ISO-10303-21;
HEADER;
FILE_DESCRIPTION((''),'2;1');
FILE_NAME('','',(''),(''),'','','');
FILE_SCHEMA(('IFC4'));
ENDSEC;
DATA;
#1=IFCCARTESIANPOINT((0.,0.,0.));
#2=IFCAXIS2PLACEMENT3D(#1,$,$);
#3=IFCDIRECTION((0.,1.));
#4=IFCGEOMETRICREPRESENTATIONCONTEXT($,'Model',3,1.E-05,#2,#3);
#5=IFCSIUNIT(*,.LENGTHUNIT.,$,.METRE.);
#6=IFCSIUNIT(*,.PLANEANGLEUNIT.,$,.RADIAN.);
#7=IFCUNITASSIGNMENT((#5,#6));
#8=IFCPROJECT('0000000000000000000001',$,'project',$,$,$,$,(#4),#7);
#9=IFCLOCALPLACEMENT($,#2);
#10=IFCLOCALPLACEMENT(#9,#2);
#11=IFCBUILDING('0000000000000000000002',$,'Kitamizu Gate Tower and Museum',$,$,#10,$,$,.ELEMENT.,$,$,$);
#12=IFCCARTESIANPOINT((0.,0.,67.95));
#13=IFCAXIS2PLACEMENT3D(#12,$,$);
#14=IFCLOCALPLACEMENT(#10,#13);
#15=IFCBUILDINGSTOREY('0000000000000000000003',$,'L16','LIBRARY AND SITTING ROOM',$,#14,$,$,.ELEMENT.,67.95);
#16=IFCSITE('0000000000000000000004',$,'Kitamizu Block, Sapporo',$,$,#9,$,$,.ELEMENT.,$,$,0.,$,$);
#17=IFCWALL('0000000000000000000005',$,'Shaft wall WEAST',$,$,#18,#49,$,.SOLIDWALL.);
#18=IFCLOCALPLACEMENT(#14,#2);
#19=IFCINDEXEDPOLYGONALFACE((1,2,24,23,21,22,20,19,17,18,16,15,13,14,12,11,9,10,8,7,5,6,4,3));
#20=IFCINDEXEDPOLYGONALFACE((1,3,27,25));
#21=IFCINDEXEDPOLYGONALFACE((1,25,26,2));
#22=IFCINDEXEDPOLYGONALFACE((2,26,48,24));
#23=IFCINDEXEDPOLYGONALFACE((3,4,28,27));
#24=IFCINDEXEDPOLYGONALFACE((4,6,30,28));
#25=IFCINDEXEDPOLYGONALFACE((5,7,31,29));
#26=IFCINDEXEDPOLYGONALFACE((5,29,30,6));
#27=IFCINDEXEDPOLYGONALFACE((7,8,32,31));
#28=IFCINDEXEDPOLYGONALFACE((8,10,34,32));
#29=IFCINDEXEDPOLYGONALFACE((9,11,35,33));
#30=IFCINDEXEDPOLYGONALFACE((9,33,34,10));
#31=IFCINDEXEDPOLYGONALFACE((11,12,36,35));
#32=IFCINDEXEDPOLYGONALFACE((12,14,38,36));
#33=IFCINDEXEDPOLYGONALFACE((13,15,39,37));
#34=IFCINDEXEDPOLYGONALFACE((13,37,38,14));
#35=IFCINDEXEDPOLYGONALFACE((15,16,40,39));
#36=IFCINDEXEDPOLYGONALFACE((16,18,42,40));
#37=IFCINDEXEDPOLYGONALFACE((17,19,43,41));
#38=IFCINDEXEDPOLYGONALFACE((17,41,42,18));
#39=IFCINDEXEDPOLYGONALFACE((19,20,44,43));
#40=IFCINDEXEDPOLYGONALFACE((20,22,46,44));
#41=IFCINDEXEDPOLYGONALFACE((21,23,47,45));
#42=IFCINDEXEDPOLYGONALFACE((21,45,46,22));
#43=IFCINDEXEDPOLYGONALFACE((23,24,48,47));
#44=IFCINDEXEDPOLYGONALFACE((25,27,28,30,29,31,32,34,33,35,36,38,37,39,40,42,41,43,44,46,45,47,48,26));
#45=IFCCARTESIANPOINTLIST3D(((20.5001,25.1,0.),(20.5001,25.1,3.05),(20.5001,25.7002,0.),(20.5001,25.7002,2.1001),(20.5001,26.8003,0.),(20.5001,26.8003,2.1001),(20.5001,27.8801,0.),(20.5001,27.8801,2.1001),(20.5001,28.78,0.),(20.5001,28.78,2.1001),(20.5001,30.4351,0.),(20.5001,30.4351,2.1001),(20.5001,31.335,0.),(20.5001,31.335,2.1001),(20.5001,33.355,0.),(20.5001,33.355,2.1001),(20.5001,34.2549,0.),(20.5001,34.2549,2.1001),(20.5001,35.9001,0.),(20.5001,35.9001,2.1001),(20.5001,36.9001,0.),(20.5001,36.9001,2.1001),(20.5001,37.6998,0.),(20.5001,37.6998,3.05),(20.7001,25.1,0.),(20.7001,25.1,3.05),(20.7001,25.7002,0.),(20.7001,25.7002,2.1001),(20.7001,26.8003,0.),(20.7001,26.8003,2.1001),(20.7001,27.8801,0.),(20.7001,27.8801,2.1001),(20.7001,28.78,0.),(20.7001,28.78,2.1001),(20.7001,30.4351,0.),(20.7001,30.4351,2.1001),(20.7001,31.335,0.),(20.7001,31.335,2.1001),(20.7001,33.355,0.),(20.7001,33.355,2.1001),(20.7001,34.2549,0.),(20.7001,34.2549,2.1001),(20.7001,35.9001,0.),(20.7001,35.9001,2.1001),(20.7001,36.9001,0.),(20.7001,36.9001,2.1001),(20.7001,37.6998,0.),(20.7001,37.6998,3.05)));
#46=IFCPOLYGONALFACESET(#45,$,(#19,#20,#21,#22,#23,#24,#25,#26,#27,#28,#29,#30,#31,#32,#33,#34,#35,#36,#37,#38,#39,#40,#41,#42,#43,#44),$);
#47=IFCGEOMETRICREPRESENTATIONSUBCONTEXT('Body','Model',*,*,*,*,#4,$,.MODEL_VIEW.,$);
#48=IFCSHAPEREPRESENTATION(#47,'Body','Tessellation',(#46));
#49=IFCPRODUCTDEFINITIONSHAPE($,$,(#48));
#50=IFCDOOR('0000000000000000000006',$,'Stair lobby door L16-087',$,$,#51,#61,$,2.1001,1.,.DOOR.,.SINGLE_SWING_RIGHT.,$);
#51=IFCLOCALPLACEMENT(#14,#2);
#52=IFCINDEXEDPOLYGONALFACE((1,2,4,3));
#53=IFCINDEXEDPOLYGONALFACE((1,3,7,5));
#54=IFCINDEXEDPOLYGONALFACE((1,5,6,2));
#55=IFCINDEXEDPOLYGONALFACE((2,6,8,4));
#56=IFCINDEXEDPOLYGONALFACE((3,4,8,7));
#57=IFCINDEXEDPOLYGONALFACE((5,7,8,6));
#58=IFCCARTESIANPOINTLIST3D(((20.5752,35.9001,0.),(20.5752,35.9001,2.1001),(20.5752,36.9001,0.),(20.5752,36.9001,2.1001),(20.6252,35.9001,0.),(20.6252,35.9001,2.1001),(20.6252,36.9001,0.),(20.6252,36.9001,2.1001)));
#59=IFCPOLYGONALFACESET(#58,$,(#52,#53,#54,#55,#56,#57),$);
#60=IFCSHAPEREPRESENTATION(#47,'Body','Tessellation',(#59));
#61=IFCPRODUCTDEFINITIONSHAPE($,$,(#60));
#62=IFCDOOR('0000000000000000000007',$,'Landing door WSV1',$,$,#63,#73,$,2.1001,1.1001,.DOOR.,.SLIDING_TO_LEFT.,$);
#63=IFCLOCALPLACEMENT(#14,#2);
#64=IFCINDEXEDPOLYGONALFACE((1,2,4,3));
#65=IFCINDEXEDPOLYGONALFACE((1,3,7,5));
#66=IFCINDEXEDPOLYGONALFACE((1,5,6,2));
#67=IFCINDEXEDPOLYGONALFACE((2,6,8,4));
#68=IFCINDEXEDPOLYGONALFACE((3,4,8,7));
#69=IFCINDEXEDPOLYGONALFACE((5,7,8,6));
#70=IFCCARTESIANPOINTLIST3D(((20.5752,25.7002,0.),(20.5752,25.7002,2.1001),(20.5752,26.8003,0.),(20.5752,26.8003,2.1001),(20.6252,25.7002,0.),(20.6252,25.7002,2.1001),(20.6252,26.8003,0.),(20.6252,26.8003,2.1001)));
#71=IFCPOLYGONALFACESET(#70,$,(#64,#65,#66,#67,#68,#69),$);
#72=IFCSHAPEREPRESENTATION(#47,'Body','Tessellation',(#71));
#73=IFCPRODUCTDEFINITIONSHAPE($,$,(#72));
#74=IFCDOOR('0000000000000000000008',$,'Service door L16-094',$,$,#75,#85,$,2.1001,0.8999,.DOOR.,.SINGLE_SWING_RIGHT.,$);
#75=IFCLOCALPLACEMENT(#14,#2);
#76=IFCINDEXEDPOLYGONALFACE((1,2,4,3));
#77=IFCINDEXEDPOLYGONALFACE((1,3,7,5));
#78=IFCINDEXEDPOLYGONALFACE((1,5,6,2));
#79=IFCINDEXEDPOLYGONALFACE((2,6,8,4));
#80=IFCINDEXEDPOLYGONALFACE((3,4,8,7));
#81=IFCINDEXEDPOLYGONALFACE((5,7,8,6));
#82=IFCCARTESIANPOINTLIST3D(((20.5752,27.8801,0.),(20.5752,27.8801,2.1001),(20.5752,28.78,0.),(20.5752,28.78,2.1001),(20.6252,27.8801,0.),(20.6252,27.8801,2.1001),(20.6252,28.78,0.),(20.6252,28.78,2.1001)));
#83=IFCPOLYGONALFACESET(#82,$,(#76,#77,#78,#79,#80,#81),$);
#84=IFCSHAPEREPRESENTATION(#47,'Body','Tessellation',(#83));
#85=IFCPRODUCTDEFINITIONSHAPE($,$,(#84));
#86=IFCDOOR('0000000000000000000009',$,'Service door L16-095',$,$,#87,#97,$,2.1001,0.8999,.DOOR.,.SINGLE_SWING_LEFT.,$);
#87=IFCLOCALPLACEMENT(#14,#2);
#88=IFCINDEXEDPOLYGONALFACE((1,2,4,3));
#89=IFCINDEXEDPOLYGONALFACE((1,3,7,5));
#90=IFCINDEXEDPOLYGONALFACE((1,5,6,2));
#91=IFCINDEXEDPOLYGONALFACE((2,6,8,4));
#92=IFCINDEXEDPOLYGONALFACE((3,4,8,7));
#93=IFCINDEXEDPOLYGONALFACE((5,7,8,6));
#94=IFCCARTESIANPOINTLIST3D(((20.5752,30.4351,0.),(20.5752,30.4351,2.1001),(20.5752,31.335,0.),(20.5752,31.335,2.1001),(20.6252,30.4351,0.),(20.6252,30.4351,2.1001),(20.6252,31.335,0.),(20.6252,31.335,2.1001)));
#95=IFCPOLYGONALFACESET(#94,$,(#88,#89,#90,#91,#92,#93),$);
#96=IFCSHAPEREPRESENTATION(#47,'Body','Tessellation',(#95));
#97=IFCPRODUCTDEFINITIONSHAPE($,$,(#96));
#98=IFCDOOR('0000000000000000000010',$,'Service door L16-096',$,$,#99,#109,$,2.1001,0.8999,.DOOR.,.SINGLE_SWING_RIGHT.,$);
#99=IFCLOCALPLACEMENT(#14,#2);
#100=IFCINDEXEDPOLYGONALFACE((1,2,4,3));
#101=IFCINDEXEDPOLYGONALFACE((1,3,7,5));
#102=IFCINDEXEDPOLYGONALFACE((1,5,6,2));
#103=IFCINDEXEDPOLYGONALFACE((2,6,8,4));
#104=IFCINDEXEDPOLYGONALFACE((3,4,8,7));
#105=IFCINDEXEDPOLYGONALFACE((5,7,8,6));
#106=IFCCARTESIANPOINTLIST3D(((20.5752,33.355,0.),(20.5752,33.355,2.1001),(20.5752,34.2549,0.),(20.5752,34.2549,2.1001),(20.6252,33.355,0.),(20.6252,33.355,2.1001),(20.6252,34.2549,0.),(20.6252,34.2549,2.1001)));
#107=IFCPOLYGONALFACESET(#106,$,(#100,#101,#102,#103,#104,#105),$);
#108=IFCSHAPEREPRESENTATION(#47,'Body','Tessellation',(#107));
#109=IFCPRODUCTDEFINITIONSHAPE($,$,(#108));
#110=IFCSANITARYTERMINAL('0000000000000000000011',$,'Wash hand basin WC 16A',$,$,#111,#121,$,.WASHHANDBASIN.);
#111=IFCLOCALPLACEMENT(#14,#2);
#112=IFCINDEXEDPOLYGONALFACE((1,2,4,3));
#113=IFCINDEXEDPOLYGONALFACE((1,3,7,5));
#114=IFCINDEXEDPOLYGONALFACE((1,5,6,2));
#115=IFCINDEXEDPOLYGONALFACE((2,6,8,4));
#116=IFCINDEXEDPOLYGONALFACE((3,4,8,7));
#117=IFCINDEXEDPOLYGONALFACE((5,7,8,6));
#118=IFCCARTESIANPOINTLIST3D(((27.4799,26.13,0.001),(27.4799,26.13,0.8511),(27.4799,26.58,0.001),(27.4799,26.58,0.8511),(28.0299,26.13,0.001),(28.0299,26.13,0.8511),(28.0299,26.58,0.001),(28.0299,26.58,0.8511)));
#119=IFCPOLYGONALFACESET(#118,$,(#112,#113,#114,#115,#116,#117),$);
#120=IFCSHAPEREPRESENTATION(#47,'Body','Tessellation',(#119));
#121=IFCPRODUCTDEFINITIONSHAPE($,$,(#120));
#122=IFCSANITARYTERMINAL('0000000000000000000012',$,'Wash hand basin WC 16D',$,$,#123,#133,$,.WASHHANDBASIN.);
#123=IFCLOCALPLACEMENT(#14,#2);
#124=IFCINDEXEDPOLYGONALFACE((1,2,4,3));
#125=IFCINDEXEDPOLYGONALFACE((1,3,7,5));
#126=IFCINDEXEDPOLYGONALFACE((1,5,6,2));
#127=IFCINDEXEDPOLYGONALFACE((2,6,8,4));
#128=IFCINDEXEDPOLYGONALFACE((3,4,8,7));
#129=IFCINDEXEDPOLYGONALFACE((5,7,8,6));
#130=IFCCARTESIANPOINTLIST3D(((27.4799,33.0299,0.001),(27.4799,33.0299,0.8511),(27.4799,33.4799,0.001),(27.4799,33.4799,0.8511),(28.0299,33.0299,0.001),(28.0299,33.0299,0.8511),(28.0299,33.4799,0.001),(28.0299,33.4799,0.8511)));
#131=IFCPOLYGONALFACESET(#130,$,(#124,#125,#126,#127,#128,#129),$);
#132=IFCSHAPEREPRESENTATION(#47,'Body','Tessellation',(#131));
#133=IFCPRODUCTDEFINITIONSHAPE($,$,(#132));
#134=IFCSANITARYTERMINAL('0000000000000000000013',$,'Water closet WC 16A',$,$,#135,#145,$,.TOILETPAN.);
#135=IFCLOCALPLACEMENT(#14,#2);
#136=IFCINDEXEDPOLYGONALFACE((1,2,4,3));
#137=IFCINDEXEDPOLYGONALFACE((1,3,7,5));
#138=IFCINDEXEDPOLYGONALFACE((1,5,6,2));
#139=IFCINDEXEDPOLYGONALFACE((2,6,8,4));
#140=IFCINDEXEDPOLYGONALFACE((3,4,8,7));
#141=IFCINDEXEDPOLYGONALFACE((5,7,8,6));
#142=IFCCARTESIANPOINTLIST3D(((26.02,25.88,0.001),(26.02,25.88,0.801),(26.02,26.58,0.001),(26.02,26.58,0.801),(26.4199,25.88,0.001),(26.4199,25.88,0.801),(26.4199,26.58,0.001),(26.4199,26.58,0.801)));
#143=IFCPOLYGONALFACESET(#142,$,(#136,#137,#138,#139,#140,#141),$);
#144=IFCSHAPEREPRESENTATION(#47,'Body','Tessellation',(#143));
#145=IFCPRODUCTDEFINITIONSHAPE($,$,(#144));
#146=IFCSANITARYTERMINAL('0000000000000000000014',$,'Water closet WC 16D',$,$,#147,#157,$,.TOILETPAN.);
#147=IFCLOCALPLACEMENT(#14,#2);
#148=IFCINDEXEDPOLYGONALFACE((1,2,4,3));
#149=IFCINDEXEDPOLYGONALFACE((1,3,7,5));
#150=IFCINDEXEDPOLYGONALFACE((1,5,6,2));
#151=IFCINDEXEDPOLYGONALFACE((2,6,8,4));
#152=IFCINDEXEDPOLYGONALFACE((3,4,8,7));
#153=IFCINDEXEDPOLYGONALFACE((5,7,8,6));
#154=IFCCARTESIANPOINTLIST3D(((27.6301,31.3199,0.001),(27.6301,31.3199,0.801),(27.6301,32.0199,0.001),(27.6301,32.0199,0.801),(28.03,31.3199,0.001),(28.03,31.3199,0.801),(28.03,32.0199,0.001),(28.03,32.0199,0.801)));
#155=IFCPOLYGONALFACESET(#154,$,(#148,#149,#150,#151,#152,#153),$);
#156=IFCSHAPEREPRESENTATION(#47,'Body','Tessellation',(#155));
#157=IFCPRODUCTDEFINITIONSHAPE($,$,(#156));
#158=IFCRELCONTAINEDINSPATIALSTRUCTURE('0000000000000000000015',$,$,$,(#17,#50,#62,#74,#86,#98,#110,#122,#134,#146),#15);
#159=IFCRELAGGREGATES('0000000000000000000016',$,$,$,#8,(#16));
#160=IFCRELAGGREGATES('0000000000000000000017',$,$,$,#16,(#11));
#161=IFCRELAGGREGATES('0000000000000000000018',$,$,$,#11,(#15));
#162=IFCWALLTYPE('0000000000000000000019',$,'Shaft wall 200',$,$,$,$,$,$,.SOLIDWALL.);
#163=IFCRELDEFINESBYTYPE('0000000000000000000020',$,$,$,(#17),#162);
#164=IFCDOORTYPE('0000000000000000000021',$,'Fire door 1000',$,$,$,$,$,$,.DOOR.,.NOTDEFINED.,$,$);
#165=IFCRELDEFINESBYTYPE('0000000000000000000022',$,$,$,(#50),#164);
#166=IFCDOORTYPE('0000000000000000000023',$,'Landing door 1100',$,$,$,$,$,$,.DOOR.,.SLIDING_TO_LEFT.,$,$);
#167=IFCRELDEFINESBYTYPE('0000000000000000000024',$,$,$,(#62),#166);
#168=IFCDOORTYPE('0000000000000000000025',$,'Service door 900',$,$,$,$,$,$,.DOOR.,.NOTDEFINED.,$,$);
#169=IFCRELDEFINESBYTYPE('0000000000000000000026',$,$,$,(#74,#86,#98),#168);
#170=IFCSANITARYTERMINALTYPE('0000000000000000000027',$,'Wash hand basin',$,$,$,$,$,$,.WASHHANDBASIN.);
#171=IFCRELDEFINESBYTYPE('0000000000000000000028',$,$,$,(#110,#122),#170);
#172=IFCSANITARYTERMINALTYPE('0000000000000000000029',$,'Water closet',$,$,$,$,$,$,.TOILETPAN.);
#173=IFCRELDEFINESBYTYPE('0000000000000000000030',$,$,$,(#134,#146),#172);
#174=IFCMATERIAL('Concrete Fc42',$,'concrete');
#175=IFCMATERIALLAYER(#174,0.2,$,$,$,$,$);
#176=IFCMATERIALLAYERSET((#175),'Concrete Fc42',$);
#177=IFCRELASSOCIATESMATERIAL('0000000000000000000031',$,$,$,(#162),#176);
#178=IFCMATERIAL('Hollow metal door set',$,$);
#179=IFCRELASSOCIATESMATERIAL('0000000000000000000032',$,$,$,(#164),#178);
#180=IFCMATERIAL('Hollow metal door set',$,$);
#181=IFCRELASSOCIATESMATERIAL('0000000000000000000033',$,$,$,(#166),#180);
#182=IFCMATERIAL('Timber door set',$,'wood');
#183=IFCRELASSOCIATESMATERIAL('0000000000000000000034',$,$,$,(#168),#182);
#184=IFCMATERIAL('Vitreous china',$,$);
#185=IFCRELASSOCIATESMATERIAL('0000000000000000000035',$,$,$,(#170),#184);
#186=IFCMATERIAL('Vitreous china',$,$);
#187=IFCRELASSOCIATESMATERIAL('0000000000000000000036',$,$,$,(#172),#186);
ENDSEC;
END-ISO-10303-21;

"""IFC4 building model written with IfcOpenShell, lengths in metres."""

from ifc_helpers import new_model, si_unit, direction, frame, frame_2d, origin, origin_2d, place, context, subcontext, project, spatial, rectangle, extrude, material, layer, layer_set, type_object, element, fill, save


model = new_model("IFC4")

# Units and contexts
model_context = context("Model", 3, precision=1e-05, world=origin(), true_north=direction((0.0, 1.0)))
body_context = subcontext(model_context, "Body", "Model", "MODEL_VIEW")
ifc_project = project(units=[si_unit("LENGTHUNIT", "METRE"), si_unit("PLANEANGLEUNIT", "RADIAN")], contexts=[model_context])

# Site, building, storey
site_placement = place(None, origin())
site = spatial("IfcSite", under=ifc_project, at=site_placement, Name="Kitamizu Block, Sapporo", CompositionType="ELEMENT", RefElevation=0.0)
building_placement = place(site_placement, origin())
building = spatial("IfcBuilding", under=site, at=building_placement, Name="Kitamizu Gate Tower and Museum", CompositionType="ELEMENT")
storey_placement = place(building_placement, frame((0.0, 0.0, 67.95)))
storey = spatial("IfcBuildingStorey", under=building, at=storey_placement, Name="L16", Description="LIBRARY AND SITTING ROOM", CompositionType="ELEMENT", Elevation=67.95)

# Wall, openings, doors
ifc_material_1 = material(Name="Concrete Fc42", Category="concrete")
ifc_layer_1 = layer(ifc_material_1, 0.2)
ifc_layer_set_1 = layer_set([ifc_layer_1], Name="Concrete Fc42")
wall_type_1 = type_object("IfcWallType", Name="Shaft wall 200", PredefinedType="SOLIDWALL", material=ifc_layer_set_1)
wall_1_placement = place(storey_placement, frame((20.6001, 25.1001, 0.0), z_axis=(0.0, 0.0, 1.0), x_axis=(0.0, 1.0, 0.0)))
wall_1 = element("IfcWall", 1, at=wall_1_placement, inside=storey, type_object=wall_type_1, Name="Shaft wall WEAST", PredefinedType="SOLIDWALL", context=body_context, shape_type="SweptSolid", body=[
    extrude(rectangle(XDim=12.5999, YDim=0.2, at=frame_2d((6.2998, 0.0))), origin(), (0.0, 0.0, 1.0), 3.05),
])
opening_1_placement = place(wall_1_placement, frame((0.6001, 0.0, 0.0)))
opening_1 = element("IfcOpeningElement", 2, at=opening_1_placement, cuts=wall_1, PredefinedType="OPENING", context=body_context, shape_type="SweptSolid", body=[
    extrude(rectangle(XDim=1.1001, YDim=2.1001, at=frame_2d((0.55, 1.05))), frame((0.0, 0.1099, 0.0), z_axis=(0.0, -1.0, 0.0), x_axis=(1.0, 0.0, 0.0)), (0.0, 0.0, 1.0), 0.22),
])
opening_2_placement = place(wall_1_placement, frame((10.8, 0.0, 0.0)))
opening_2 = element("IfcOpeningElement", 3, at=opening_2_placement, cuts=wall_1, PredefinedType="OPENING", context=body_context, shape_type="SweptSolid", body=[
    extrude(rectangle(XDim=1.0, YDim=2.1001, at=frame_2d((0.5, 1.05))), frame((0.0, 0.1099, 0.0), z_axis=(0.0, -1.0, 0.0), x_axis=(1.0, 0.0, 0.0)), (0.0, 0.0, 1.0), 0.22),
])
opening_3_placement = place(wall_1_placement, frame((2.78, 0.0, 0.0)))
opening_3 = element("IfcOpeningElement", 4, at=opening_3_placement, cuts=wall_1, PredefinedType="OPENING", context=body_context, shape_type="SweptSolid", body=[
    extrude(rectangle(XDim=0.8999, YDim=2.1001, at=frame_2d((0.45, 1.05))), frame((0.0, 0.1099, 0.0), z_axis=(0.0, -1.0, 0.0), x_axis=(1.0, 0.0, 0.0)), (0.0, 0.0, 1.0), 0.22),
])
opening_4_placement = place(wall_1_placement, frame((5.335, 0.0, 0.0)))
opening_4 = element("IfcOpeningElement", 5, at=opening_4_placement, cuts=wall_1, PredefinedType="OPENING", context=body_context, shape_type="SweptSolid", body=[
    extrude(rectangle(XDim=0.8999, YDim=2.1001, at=frame_2d((0.45, 1.05))), frame((0.0, 0.1099, 0.0), z_axis=(0.0, -1.0, 0.0), x_axis=(1.0, 0.0, 0.0)), (0.0, 0.0, 1.0), 0.22),
])
opening_5_placement = place(wall_1_placement, frame((8.2549, 0.0, 0.0)))
opening_5 = element("IfcOpeningElement", 6, at=opening_5_placement, cuts=wall_1, PredefinedType="OPENING", context=body_context, shape_type="SweptSolid", body=[
    extrude(rectangle(XDim=0.8999, YDim=2.1001, at=frame_2d((0.45, 1.05))), frame((0.0, 0.1099, 0.0), z_axis=(0.0, -1.0, 0.0), x_axis=(1.0, 0.0, 0.0)), (0.0, 0.0, 1.0), 0.22),
])
ifc_material_2 = material(Name="Hollow metal door set")
door_type_1 = type_object("IfcDoorType", Name="Fire door 1000", OperationType="NOTDEFINED", PredefinedType="DOOR", material=ifc_material_2)
door_1_placement = place(opening_2_placement, origin())
door_1 = element("IfcDoor", 7, at=door_1_placement, inside=storey, type_object=door_type_1, Name="Stair lobby door L16-087", OperationType="SINGLE_SWING_RIGHT", OverallHeight=2.1001, OverallWidth=1.0, PredefinedType="DOOR", context=body_context, shape_type="SweptSolid", body=[
    extrude(rectangle(XDim=1.0, YDim=2.1001, at=frame_2d((0.5, 1.05))), frame((0.0, 0.0249, 0.0), z_axis=(0.0, -1.0, 0.0), x_axis=(1.0, 0.0, 0.0)), (0.0, 0.0, 1.0), 0.05),
])
fill(opening_2, door_1)
ifc_material_3 = material(Name="Hollow metal door set")
door_type_2 = type_object("IfcDoorType", Name="Landing door 1100", OperationType="SLIDING_TO_LEFT", PredefinedType="DOOR", material=ifc_material_3)
door_2_placement = place(opening_1_placement, origin())
door_2 = element("IfcDoor", 8, at=door_2_placement, inside=storey, type_object=door_type_2, Name="Landing door WSV1", OperationType="SLIDING_TO_LEFT", OverallHeight=2.1001, OverallWidth=1.1001, PredefinedType="DOOR", context=body_context, shape_type="SweptSolid", body=[
    extrude(rectangle(XDim=1.1001, YDim=2.1001, at=frame_2d((0.55, 1.05))), frame((0.0, 0.0249, 0.0), z_axis=(0.0, -1.0, 0.0), x_axis=(1.0, 0.0, 0.0)), (0.0, 0.0, 1.0), 0.05),
])
fill(opening_1, door_2)
ifc_material_4 = material(Name="Timber door set", Category="wood")
door_type_3 = type_object("IfcDoorType", Name="Service door 900", OperationType="NOTDEFINED", PredefinedType="DOOR", material=ifc_material_4)
door_3_placement = place(opening_3_placement, origin())
door_3 = element("IfcDoor", 9, at=door_3_placement, inside=storey, type_object=door_type_3, Name="Service door L16-094", OperationType="SINGLE_SWING_RIGHT", OverallHeight=2.1001, OverallWidth=0.8999, PredefinedType="DOOR", context=body_context, shape_type="SweptSolid", body=[
    extrude(rectangle(XDim=0.8999, YDim=2.1001, at=frame_2d((0.45, 1.05))), frame((0.0, 0.0249, 0.0), z_axis=(0.0, -1.0, 0.0), x_axis=(1.0, 0.0, 0.0)), (0.0, 0.0, 1.0), 0.05),
])
fill(opening_3, door_3)
door_4_placement = place(opening_4_placement, origin())
door_4 = element("IfcDoor", 10, at=door_4_placement, inside=storey, type_object=door_type_3, Name="Service door L16-095", OperationType="SINGLE_SWING_LEFT", OverallHeight=2.1001, OverallWidth=0.8999, PredefinedType="DOOR", context=body_context, shape_type="SweptSolid", body=[
    extrude(rectangle(XDim=0.8999, YDim=2.1001, at=frame_2d((0.45, 1.05))), frame((0.0, 0.0249, 0.0), z_axis=(0.0, -1.0, 0.0), x_axis=(1.0, 0.0, 0.0)), (0.0, 0.0, 1.0), 0.05),
])
fill(opening_4, door_4)
door_5_placement = place(opening_5_placement, origin())
door_5 = element("IfcDoor", 11, at=door_5_placement, inside=storey, type_object=door_type_3, Name="Service door L16-096", OperationType="SINGLE_SWING_RIGHT", OverallHeight=2.1001, OverallWidth=0.8999, PredefinedType="DOOR", context=body_context, shape_type="SweptSolid", body=[
    extrude(rectangle(XDim=0.8999, YDim=2.1001, at=frame_2d((0.45, 1.05))), frame((0.0, 0.0249, 0.0), z_axis=(0.0, -1.0, 0.0), x_axis=(1.0, 0.0, 0.0)), (0.0, 0.0, 1.0), 0.05),
])
fill(opening_5, door_5)

# Sanitary terminals
ifc_material_5 = material(Name="Vitreous china")
sanitary_terminal_type_1 = type_object("IfcSanitaryTerminalType", Name="Wash hand basin", PredefinedType="WASHHANDBASIN", material=ifc_material_5)
for number, where, z_axis, x_axis, name in (
    (12, (27.7549, 26.355, 0.001), (0.0, 0.0, 1.0), (1.0, 0.0, 0.0), "Wash hand basin WC 16A"),
    (13, (27.7549, 33.2549, 0.001), (0.0, 0.0, 1.0), (1.0, 0.0, 0.0), "Wash hand basin WC 16D"),
):
    element("IfcSanitaryTerminal", number, at=place(storey_placement, frame(where, z_axis=z_axis, x_axis=x_axis)), inside=storey, type_object=sanitary_terminal_type_1, Name=name, PredefinedType="WASHHANDBASIN", context=body_context, shape_type="SweptSolid", body=[
        extrude(rectangle(XDim=0.55, YDim=0.45, at=origin_2d()), origin(), (0.0, 0.0, 1.0), 0.8501),
    ])
ifc_material_6 = material(Name="Vitreous china")
sanitary_terminal_type_2 = type_object("IfcSanitaryTerminalType", Name="Water closet", PredefinedType="TOILETPAN", material=ifc_material_6)
for number, where, z_axis, x_axis, name in (
    (14, (26.22, 26.23, 0.001), (0.0, 0.0, 1.0), (1.0, 0.0, 0.0), "Water closet WC 16A"),
    (15, (27.8301, 31.6699, 0.001), (0.0, 0.0, 1.0), (1.0, 0.0, 0.0), "Water closet WC 16D"),
):
    element("IfcSanitaryTerminal", number, at=place(storey_placement, frame(where, z_axis=z_axis, x_axis=x_axis)), inside=storey, type_object=sanitary_terminal_type_2, Name=name, PredefinedType="TOILETPAN", context=body_context, shape_type="SweptSolid", body=[
        extrude(rectangle(XDim=0.3999, YDim=0.7, at=origin_2d()), origin(), (0.0, 0.0, 1.0), 0.8),
    ])

save(model, "model.ifc")
